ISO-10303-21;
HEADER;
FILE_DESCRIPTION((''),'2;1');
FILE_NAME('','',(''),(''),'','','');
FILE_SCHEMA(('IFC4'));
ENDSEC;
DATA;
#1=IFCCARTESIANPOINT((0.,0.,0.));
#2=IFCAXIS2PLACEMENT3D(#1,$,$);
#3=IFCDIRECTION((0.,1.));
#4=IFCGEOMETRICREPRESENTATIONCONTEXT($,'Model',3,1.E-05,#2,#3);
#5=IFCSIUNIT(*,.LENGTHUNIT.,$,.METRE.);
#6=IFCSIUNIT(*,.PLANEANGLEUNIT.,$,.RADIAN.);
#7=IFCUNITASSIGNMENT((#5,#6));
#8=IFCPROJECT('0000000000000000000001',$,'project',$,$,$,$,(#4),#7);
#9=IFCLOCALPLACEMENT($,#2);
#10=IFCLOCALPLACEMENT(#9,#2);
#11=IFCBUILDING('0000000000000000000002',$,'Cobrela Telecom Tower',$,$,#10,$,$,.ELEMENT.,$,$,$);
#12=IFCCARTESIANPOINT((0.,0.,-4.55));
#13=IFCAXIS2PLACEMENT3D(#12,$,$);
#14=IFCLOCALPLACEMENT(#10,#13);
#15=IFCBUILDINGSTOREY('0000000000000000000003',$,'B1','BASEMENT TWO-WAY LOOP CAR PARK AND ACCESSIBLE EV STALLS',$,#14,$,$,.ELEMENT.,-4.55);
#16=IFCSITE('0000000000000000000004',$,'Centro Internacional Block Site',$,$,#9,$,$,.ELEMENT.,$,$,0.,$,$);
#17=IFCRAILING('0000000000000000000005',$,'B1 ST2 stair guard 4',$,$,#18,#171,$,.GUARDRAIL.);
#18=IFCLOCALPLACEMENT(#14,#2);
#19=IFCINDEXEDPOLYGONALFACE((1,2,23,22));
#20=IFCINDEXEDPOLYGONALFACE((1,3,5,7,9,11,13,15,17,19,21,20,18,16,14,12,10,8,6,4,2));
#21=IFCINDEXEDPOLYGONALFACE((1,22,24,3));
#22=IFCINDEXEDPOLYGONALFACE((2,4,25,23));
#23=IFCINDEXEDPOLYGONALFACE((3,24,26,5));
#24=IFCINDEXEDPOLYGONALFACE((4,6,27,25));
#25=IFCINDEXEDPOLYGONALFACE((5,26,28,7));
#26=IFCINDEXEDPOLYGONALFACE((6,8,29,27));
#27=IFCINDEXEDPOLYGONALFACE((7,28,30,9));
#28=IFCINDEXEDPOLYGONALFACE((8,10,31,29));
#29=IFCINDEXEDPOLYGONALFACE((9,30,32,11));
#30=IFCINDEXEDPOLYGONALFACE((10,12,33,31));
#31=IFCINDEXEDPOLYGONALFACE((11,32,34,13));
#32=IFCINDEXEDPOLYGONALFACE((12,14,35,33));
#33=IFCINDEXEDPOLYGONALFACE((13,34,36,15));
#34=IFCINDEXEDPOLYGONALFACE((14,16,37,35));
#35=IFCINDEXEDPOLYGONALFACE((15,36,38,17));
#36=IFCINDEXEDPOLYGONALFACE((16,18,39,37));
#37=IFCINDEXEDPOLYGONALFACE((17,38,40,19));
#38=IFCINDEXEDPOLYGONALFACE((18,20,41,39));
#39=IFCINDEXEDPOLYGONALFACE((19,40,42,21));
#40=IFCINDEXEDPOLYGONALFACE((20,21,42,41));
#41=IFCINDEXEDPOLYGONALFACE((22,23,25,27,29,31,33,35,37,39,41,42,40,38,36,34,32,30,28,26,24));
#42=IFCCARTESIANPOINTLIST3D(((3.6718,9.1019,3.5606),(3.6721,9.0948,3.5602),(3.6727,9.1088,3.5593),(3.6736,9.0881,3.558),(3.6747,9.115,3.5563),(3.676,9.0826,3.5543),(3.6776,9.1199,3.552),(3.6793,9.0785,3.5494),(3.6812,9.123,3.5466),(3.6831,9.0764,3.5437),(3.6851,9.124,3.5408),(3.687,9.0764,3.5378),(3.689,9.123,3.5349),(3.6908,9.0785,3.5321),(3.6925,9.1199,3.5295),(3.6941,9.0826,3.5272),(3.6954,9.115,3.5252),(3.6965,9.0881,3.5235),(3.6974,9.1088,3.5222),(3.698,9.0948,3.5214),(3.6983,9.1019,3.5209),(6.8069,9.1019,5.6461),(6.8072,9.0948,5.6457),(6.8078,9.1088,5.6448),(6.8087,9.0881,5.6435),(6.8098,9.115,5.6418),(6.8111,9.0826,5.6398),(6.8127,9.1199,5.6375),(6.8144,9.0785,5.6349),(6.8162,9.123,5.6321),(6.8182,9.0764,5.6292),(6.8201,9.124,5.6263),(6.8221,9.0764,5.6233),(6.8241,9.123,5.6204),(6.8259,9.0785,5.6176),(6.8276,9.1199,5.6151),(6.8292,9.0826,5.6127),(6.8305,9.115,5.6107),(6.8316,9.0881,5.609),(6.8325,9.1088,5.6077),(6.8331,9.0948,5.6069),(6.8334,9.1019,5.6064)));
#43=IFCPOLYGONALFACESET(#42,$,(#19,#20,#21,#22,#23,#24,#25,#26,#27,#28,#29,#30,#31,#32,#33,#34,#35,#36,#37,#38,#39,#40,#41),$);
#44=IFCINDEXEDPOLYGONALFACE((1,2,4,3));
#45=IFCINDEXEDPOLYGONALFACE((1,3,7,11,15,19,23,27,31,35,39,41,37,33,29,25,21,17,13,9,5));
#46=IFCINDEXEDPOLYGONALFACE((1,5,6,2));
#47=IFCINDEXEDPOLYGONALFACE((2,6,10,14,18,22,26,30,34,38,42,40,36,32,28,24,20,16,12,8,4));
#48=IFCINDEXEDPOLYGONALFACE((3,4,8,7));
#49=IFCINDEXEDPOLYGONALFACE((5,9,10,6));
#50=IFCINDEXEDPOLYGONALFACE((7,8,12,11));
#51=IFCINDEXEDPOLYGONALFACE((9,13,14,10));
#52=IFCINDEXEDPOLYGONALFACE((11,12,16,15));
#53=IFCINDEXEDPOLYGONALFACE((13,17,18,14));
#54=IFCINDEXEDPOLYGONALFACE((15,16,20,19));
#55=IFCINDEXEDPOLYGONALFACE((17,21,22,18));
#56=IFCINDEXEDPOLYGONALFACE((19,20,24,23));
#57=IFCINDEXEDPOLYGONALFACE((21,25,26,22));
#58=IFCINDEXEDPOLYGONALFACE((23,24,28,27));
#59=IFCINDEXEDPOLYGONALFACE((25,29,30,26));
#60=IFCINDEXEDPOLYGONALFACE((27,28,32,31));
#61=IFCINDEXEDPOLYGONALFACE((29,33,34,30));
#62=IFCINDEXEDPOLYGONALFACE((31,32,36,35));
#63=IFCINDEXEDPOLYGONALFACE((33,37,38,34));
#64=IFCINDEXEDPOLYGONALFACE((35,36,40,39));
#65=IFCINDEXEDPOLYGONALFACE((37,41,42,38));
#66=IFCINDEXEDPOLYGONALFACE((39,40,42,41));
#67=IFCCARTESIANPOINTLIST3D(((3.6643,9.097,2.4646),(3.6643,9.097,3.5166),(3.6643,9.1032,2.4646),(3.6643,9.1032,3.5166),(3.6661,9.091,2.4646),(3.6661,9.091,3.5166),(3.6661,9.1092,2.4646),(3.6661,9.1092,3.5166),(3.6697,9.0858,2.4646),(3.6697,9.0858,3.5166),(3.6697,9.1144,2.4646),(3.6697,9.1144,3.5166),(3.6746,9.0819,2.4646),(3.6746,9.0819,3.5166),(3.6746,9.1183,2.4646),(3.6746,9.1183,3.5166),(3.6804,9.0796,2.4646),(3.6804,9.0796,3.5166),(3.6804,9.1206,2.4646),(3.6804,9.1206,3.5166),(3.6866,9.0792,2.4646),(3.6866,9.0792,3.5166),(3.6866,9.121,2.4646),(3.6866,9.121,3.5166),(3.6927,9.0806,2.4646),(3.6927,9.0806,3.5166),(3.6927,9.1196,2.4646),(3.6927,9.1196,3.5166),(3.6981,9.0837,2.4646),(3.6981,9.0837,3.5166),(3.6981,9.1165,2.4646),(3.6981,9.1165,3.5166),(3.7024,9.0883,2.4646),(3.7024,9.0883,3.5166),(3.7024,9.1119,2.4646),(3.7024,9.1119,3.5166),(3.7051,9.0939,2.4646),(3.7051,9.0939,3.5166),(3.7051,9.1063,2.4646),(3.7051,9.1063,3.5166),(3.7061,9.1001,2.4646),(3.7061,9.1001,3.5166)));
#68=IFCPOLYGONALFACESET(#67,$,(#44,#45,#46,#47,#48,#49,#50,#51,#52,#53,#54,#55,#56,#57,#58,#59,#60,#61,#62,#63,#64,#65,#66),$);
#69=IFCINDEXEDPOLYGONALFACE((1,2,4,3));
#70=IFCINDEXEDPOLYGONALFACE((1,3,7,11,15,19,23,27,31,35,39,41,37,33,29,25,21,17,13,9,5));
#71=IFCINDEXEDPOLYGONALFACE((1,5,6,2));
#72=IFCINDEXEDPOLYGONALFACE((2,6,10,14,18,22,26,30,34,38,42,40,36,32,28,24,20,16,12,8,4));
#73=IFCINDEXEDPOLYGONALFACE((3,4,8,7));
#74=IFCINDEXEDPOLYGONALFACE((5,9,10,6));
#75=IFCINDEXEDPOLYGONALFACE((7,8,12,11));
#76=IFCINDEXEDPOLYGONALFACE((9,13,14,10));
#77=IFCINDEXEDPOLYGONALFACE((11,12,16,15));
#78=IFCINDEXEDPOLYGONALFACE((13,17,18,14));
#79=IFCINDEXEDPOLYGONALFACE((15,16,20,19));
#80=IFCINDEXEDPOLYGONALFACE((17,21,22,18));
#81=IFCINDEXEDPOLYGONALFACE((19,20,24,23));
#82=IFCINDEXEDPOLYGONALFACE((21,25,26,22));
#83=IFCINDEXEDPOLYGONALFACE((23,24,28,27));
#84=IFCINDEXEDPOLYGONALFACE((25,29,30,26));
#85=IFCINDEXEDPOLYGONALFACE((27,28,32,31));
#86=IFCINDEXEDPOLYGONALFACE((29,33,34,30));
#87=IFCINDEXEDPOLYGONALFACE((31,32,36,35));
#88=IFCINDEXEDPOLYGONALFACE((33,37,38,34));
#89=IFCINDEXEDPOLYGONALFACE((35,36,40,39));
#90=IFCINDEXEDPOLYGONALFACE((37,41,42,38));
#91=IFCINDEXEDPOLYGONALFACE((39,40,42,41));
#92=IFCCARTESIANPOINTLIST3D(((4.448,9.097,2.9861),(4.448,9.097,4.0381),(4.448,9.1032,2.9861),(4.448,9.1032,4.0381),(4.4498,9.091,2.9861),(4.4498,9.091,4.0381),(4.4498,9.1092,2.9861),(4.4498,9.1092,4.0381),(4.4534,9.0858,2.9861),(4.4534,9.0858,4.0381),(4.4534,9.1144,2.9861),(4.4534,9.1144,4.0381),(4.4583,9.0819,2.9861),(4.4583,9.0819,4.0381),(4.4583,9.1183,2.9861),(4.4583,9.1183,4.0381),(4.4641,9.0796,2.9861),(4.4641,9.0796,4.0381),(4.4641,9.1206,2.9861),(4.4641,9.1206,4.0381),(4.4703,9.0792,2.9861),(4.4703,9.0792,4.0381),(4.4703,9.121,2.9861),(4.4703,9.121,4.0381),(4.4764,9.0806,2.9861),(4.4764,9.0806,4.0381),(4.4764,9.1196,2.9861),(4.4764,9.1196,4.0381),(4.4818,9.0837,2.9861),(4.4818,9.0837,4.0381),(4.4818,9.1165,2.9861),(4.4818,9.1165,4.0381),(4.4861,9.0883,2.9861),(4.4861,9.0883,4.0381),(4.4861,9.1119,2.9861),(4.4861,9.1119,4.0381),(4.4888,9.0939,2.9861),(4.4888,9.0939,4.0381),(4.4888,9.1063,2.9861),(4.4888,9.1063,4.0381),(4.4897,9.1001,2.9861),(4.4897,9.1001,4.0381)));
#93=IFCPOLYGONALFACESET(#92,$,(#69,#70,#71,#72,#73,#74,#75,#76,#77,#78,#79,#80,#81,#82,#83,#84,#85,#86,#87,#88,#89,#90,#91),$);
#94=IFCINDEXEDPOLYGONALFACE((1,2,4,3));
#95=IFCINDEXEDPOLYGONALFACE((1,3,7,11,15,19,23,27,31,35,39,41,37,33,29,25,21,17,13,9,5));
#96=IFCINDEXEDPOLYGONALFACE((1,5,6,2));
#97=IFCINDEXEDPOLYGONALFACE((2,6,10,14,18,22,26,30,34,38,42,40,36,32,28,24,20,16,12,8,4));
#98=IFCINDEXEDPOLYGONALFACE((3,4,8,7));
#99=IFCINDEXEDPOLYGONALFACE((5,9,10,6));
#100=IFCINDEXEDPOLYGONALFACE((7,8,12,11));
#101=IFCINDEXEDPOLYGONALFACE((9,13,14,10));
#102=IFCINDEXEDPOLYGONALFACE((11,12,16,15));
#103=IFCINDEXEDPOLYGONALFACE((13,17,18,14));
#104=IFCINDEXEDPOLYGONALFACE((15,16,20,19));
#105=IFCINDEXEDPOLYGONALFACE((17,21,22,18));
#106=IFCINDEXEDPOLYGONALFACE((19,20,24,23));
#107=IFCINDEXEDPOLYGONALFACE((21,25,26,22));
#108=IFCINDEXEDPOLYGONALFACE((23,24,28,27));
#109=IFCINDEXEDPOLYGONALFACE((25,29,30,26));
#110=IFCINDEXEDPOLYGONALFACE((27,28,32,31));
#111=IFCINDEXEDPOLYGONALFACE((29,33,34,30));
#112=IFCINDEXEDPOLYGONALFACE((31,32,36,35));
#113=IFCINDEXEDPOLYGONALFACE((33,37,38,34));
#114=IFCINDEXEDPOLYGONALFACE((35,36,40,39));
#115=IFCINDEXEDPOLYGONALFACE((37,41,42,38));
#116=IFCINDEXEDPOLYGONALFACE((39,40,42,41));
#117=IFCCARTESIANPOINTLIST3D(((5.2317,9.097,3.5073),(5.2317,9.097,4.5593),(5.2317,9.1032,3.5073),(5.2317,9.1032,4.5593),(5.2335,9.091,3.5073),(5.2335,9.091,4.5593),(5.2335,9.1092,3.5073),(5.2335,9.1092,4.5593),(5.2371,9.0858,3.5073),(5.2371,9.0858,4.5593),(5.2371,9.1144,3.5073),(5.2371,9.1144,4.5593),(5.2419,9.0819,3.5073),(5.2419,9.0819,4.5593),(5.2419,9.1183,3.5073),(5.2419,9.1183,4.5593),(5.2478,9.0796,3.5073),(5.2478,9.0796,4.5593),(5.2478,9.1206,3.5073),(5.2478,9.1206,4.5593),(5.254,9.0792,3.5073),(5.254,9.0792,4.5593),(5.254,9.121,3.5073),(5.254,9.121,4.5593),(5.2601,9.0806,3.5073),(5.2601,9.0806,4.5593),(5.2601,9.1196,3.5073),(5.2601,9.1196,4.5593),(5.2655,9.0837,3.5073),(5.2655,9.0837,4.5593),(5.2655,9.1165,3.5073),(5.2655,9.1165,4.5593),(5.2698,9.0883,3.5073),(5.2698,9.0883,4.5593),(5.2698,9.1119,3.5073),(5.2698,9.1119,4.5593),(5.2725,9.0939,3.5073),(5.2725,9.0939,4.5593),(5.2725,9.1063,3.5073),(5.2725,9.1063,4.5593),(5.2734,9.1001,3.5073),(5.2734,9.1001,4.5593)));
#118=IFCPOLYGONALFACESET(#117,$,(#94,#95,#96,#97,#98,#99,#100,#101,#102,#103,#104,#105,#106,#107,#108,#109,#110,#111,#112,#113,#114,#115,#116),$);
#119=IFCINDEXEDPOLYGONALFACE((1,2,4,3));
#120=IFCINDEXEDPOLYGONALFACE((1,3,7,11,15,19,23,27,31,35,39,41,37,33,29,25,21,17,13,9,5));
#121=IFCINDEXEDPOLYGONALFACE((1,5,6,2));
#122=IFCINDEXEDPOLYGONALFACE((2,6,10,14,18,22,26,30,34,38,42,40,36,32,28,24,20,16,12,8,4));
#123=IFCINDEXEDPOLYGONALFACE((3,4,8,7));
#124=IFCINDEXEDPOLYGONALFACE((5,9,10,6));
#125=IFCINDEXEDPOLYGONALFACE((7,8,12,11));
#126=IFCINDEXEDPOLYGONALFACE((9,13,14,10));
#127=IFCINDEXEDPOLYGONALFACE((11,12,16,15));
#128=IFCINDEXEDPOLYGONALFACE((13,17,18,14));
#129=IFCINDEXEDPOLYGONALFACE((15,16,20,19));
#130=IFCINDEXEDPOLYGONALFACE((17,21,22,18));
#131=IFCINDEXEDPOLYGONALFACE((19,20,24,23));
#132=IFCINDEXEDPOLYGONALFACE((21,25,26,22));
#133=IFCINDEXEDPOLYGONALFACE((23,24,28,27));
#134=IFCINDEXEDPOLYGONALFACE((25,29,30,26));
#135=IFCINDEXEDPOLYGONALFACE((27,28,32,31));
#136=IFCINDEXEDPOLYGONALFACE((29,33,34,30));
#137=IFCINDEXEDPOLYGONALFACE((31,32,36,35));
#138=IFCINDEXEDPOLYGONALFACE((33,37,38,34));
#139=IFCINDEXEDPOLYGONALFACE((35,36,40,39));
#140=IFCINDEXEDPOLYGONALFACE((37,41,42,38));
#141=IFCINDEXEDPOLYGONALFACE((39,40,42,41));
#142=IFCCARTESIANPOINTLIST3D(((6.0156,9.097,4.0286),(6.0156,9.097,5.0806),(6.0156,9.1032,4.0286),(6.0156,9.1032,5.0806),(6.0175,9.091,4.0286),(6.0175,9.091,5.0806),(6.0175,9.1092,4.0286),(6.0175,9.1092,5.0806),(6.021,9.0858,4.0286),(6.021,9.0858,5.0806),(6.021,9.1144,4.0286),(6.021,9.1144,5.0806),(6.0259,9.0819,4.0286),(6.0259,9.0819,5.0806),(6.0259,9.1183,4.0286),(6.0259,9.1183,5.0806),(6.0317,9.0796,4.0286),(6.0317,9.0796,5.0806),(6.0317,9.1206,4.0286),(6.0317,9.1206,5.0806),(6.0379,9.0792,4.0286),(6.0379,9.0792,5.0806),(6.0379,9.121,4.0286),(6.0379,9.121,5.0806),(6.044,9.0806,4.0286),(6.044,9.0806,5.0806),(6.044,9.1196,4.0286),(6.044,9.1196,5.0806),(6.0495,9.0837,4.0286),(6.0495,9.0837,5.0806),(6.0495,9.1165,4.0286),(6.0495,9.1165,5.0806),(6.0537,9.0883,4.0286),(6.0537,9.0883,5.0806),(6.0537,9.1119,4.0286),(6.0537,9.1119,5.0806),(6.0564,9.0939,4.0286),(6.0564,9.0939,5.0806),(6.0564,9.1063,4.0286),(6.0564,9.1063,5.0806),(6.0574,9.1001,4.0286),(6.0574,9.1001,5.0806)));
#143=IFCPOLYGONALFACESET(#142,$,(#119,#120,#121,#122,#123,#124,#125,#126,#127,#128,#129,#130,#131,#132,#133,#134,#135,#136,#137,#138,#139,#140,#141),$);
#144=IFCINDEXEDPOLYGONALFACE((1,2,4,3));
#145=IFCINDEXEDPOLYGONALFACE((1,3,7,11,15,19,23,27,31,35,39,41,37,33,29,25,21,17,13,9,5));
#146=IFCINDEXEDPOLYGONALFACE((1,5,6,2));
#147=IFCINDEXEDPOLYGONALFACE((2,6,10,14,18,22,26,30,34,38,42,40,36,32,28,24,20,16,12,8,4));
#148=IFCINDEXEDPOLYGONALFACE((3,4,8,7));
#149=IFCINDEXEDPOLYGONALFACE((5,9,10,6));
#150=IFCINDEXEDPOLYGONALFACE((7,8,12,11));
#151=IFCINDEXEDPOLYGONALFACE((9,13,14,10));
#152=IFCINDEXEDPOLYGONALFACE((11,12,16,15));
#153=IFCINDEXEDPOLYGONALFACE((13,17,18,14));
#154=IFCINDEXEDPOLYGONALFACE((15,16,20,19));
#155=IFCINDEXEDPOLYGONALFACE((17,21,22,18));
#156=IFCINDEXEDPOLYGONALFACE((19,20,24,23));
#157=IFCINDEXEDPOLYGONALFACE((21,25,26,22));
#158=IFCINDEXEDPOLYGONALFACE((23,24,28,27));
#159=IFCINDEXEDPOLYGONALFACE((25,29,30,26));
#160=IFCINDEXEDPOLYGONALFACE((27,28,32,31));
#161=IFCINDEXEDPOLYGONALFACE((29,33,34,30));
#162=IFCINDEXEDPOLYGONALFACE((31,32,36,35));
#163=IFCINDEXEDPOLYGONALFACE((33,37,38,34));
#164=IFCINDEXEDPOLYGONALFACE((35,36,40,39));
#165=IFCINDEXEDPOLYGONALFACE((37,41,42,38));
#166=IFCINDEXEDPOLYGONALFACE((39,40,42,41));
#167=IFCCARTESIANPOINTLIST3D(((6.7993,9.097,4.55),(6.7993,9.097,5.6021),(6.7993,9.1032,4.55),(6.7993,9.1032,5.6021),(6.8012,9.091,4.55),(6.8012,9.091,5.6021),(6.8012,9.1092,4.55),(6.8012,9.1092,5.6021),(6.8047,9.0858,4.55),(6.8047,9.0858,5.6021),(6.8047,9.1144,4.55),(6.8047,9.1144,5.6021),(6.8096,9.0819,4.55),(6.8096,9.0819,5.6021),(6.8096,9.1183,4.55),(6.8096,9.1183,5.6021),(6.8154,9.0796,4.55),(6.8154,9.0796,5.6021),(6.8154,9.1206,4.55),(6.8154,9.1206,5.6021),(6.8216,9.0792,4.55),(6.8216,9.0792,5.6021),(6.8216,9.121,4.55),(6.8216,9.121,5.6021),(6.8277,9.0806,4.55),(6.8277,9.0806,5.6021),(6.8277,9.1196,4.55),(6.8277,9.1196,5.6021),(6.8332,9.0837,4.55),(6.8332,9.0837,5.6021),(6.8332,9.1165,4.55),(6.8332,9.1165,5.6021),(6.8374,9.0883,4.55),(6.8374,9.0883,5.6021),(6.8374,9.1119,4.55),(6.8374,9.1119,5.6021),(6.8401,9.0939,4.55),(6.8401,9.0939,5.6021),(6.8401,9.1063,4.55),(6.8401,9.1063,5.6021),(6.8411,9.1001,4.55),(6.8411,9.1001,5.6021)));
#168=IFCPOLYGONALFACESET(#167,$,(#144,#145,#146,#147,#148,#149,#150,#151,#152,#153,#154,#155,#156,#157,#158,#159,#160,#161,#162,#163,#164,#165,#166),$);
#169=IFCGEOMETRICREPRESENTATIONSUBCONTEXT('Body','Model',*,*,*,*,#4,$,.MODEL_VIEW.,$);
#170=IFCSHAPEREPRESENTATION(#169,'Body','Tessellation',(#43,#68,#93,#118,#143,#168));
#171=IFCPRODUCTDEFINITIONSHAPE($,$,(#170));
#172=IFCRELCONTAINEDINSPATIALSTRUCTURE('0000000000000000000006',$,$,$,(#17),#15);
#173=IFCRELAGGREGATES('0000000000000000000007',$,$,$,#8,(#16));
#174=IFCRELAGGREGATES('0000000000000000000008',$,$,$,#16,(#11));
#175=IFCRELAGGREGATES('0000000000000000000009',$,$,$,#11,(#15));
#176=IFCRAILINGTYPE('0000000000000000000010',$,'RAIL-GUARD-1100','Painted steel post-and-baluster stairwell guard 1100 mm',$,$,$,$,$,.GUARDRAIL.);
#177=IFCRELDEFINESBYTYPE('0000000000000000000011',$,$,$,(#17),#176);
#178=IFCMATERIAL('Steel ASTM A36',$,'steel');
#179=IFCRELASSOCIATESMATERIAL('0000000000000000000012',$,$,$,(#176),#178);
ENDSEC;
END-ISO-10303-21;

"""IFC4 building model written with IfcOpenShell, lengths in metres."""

from ifc_helpers import new_model, si_unit, direction, frame, origin, origin_2d, place, context, subcontext, project, spatial, circle, extrude, material, type_object, element, save


model = new_model("IFC4")

# Units and contexts
model_context = context("Model", 3, precision=1e-05, world=origin(), true_north=direction((0.0, 1.0)))
body_context = subcontext(model_context, "Body", "Model", "MODEL_VIEW")
ifc_project = project(units=[si_unit("LENGTHUNIT", "METRE"), si_unit("PLANEANGLEUNIT", "RADIAN")], contexts=[model_context])

# Site, building, storey
site_placement = place(None, origin())
site = spatial("IfcSite", under=ifc_project, at=site_placement, Name="Centro Internacional Block Site", CompositionType="ELEMENT", RefElevation=0.0)
building_placement = place(site_placement, origin())
building = spatial("IfcBuilding", under=site, at=building_placement, Name="Cobrela Telecom Tower", CompositionType="ELEMENT")
storey_placement = place(building_placement, frame((0.0, 0.0, -4.55)))
storey = spatial("IfcBuildingStorey", under=building, at=storey_placement, Name="B1", Description="BASEMENT TWO-WAY LOOP CAR PARK AND ACCESSIBLE EV STALLS", CompositionType="ELEMENT", Elevation=-4.55)

# Shared definitions
ifc_material_1 = material(Name="Steel ASTM A36", Category="steel")

# Railing
railing_type_1 = type_object("IfcRailingType", Name="RAIL-GUARD-1100", Description="Painted steel post-and-baluster stairwell guard 1100 mm", PredefinedType="GUARDRAIL", material=ifc_material_1)
railing_1_placement = place(storey_placement, frame((3.6851, 9.1001, 2.4646)))
element("IfcRailing", 1, at=railing_1_placement, inside=storey, type_object=railing_type_1, Name="B1 ST2 stair guard 4", PredefinedType="GUARDRAIL", context=body_context, shape_type="SweptSolid", body=[
    extrude(circle(Radius=0.0239, at=origin_2d()), frame((0.0, 0.0, 1.0762), z_axis=(0.832608, 0.0, 0.553862), x_axis=(0.0, 1.0, 0.0)), (0.0, 0.0, 1.0), 3.7654),
    extrude(circle(Radius=0.021, at=origin_2d()), origin(), (0.0, 0.0, 1.0), 1.052),
    extrude(circle(Radius=0.021, at=origin_2d()), frame((0.7837, 0.0, 0.5215)), (0.0, 0.0, 1.0), 1.052),
    extrude(circle(Radius=0.021, at=origin_2d()), frame((1.5674, 0.0, 1.0427)), (0.0, 0.0, 1.0), 1.052),
    extrude(circle(Radius=0.021, at=origin_2d()), frame((2.3513, 0.0, 1.564)), (0.0, 0.0, 1.0), 1.052),
    extrude(circle(Radius=0.021, at=origin_2d()), frame((3.135, 0.0, 2.0854)), (0.0, 0.0, 1.0), 1.052),
])

save(model, "model.ifc")
